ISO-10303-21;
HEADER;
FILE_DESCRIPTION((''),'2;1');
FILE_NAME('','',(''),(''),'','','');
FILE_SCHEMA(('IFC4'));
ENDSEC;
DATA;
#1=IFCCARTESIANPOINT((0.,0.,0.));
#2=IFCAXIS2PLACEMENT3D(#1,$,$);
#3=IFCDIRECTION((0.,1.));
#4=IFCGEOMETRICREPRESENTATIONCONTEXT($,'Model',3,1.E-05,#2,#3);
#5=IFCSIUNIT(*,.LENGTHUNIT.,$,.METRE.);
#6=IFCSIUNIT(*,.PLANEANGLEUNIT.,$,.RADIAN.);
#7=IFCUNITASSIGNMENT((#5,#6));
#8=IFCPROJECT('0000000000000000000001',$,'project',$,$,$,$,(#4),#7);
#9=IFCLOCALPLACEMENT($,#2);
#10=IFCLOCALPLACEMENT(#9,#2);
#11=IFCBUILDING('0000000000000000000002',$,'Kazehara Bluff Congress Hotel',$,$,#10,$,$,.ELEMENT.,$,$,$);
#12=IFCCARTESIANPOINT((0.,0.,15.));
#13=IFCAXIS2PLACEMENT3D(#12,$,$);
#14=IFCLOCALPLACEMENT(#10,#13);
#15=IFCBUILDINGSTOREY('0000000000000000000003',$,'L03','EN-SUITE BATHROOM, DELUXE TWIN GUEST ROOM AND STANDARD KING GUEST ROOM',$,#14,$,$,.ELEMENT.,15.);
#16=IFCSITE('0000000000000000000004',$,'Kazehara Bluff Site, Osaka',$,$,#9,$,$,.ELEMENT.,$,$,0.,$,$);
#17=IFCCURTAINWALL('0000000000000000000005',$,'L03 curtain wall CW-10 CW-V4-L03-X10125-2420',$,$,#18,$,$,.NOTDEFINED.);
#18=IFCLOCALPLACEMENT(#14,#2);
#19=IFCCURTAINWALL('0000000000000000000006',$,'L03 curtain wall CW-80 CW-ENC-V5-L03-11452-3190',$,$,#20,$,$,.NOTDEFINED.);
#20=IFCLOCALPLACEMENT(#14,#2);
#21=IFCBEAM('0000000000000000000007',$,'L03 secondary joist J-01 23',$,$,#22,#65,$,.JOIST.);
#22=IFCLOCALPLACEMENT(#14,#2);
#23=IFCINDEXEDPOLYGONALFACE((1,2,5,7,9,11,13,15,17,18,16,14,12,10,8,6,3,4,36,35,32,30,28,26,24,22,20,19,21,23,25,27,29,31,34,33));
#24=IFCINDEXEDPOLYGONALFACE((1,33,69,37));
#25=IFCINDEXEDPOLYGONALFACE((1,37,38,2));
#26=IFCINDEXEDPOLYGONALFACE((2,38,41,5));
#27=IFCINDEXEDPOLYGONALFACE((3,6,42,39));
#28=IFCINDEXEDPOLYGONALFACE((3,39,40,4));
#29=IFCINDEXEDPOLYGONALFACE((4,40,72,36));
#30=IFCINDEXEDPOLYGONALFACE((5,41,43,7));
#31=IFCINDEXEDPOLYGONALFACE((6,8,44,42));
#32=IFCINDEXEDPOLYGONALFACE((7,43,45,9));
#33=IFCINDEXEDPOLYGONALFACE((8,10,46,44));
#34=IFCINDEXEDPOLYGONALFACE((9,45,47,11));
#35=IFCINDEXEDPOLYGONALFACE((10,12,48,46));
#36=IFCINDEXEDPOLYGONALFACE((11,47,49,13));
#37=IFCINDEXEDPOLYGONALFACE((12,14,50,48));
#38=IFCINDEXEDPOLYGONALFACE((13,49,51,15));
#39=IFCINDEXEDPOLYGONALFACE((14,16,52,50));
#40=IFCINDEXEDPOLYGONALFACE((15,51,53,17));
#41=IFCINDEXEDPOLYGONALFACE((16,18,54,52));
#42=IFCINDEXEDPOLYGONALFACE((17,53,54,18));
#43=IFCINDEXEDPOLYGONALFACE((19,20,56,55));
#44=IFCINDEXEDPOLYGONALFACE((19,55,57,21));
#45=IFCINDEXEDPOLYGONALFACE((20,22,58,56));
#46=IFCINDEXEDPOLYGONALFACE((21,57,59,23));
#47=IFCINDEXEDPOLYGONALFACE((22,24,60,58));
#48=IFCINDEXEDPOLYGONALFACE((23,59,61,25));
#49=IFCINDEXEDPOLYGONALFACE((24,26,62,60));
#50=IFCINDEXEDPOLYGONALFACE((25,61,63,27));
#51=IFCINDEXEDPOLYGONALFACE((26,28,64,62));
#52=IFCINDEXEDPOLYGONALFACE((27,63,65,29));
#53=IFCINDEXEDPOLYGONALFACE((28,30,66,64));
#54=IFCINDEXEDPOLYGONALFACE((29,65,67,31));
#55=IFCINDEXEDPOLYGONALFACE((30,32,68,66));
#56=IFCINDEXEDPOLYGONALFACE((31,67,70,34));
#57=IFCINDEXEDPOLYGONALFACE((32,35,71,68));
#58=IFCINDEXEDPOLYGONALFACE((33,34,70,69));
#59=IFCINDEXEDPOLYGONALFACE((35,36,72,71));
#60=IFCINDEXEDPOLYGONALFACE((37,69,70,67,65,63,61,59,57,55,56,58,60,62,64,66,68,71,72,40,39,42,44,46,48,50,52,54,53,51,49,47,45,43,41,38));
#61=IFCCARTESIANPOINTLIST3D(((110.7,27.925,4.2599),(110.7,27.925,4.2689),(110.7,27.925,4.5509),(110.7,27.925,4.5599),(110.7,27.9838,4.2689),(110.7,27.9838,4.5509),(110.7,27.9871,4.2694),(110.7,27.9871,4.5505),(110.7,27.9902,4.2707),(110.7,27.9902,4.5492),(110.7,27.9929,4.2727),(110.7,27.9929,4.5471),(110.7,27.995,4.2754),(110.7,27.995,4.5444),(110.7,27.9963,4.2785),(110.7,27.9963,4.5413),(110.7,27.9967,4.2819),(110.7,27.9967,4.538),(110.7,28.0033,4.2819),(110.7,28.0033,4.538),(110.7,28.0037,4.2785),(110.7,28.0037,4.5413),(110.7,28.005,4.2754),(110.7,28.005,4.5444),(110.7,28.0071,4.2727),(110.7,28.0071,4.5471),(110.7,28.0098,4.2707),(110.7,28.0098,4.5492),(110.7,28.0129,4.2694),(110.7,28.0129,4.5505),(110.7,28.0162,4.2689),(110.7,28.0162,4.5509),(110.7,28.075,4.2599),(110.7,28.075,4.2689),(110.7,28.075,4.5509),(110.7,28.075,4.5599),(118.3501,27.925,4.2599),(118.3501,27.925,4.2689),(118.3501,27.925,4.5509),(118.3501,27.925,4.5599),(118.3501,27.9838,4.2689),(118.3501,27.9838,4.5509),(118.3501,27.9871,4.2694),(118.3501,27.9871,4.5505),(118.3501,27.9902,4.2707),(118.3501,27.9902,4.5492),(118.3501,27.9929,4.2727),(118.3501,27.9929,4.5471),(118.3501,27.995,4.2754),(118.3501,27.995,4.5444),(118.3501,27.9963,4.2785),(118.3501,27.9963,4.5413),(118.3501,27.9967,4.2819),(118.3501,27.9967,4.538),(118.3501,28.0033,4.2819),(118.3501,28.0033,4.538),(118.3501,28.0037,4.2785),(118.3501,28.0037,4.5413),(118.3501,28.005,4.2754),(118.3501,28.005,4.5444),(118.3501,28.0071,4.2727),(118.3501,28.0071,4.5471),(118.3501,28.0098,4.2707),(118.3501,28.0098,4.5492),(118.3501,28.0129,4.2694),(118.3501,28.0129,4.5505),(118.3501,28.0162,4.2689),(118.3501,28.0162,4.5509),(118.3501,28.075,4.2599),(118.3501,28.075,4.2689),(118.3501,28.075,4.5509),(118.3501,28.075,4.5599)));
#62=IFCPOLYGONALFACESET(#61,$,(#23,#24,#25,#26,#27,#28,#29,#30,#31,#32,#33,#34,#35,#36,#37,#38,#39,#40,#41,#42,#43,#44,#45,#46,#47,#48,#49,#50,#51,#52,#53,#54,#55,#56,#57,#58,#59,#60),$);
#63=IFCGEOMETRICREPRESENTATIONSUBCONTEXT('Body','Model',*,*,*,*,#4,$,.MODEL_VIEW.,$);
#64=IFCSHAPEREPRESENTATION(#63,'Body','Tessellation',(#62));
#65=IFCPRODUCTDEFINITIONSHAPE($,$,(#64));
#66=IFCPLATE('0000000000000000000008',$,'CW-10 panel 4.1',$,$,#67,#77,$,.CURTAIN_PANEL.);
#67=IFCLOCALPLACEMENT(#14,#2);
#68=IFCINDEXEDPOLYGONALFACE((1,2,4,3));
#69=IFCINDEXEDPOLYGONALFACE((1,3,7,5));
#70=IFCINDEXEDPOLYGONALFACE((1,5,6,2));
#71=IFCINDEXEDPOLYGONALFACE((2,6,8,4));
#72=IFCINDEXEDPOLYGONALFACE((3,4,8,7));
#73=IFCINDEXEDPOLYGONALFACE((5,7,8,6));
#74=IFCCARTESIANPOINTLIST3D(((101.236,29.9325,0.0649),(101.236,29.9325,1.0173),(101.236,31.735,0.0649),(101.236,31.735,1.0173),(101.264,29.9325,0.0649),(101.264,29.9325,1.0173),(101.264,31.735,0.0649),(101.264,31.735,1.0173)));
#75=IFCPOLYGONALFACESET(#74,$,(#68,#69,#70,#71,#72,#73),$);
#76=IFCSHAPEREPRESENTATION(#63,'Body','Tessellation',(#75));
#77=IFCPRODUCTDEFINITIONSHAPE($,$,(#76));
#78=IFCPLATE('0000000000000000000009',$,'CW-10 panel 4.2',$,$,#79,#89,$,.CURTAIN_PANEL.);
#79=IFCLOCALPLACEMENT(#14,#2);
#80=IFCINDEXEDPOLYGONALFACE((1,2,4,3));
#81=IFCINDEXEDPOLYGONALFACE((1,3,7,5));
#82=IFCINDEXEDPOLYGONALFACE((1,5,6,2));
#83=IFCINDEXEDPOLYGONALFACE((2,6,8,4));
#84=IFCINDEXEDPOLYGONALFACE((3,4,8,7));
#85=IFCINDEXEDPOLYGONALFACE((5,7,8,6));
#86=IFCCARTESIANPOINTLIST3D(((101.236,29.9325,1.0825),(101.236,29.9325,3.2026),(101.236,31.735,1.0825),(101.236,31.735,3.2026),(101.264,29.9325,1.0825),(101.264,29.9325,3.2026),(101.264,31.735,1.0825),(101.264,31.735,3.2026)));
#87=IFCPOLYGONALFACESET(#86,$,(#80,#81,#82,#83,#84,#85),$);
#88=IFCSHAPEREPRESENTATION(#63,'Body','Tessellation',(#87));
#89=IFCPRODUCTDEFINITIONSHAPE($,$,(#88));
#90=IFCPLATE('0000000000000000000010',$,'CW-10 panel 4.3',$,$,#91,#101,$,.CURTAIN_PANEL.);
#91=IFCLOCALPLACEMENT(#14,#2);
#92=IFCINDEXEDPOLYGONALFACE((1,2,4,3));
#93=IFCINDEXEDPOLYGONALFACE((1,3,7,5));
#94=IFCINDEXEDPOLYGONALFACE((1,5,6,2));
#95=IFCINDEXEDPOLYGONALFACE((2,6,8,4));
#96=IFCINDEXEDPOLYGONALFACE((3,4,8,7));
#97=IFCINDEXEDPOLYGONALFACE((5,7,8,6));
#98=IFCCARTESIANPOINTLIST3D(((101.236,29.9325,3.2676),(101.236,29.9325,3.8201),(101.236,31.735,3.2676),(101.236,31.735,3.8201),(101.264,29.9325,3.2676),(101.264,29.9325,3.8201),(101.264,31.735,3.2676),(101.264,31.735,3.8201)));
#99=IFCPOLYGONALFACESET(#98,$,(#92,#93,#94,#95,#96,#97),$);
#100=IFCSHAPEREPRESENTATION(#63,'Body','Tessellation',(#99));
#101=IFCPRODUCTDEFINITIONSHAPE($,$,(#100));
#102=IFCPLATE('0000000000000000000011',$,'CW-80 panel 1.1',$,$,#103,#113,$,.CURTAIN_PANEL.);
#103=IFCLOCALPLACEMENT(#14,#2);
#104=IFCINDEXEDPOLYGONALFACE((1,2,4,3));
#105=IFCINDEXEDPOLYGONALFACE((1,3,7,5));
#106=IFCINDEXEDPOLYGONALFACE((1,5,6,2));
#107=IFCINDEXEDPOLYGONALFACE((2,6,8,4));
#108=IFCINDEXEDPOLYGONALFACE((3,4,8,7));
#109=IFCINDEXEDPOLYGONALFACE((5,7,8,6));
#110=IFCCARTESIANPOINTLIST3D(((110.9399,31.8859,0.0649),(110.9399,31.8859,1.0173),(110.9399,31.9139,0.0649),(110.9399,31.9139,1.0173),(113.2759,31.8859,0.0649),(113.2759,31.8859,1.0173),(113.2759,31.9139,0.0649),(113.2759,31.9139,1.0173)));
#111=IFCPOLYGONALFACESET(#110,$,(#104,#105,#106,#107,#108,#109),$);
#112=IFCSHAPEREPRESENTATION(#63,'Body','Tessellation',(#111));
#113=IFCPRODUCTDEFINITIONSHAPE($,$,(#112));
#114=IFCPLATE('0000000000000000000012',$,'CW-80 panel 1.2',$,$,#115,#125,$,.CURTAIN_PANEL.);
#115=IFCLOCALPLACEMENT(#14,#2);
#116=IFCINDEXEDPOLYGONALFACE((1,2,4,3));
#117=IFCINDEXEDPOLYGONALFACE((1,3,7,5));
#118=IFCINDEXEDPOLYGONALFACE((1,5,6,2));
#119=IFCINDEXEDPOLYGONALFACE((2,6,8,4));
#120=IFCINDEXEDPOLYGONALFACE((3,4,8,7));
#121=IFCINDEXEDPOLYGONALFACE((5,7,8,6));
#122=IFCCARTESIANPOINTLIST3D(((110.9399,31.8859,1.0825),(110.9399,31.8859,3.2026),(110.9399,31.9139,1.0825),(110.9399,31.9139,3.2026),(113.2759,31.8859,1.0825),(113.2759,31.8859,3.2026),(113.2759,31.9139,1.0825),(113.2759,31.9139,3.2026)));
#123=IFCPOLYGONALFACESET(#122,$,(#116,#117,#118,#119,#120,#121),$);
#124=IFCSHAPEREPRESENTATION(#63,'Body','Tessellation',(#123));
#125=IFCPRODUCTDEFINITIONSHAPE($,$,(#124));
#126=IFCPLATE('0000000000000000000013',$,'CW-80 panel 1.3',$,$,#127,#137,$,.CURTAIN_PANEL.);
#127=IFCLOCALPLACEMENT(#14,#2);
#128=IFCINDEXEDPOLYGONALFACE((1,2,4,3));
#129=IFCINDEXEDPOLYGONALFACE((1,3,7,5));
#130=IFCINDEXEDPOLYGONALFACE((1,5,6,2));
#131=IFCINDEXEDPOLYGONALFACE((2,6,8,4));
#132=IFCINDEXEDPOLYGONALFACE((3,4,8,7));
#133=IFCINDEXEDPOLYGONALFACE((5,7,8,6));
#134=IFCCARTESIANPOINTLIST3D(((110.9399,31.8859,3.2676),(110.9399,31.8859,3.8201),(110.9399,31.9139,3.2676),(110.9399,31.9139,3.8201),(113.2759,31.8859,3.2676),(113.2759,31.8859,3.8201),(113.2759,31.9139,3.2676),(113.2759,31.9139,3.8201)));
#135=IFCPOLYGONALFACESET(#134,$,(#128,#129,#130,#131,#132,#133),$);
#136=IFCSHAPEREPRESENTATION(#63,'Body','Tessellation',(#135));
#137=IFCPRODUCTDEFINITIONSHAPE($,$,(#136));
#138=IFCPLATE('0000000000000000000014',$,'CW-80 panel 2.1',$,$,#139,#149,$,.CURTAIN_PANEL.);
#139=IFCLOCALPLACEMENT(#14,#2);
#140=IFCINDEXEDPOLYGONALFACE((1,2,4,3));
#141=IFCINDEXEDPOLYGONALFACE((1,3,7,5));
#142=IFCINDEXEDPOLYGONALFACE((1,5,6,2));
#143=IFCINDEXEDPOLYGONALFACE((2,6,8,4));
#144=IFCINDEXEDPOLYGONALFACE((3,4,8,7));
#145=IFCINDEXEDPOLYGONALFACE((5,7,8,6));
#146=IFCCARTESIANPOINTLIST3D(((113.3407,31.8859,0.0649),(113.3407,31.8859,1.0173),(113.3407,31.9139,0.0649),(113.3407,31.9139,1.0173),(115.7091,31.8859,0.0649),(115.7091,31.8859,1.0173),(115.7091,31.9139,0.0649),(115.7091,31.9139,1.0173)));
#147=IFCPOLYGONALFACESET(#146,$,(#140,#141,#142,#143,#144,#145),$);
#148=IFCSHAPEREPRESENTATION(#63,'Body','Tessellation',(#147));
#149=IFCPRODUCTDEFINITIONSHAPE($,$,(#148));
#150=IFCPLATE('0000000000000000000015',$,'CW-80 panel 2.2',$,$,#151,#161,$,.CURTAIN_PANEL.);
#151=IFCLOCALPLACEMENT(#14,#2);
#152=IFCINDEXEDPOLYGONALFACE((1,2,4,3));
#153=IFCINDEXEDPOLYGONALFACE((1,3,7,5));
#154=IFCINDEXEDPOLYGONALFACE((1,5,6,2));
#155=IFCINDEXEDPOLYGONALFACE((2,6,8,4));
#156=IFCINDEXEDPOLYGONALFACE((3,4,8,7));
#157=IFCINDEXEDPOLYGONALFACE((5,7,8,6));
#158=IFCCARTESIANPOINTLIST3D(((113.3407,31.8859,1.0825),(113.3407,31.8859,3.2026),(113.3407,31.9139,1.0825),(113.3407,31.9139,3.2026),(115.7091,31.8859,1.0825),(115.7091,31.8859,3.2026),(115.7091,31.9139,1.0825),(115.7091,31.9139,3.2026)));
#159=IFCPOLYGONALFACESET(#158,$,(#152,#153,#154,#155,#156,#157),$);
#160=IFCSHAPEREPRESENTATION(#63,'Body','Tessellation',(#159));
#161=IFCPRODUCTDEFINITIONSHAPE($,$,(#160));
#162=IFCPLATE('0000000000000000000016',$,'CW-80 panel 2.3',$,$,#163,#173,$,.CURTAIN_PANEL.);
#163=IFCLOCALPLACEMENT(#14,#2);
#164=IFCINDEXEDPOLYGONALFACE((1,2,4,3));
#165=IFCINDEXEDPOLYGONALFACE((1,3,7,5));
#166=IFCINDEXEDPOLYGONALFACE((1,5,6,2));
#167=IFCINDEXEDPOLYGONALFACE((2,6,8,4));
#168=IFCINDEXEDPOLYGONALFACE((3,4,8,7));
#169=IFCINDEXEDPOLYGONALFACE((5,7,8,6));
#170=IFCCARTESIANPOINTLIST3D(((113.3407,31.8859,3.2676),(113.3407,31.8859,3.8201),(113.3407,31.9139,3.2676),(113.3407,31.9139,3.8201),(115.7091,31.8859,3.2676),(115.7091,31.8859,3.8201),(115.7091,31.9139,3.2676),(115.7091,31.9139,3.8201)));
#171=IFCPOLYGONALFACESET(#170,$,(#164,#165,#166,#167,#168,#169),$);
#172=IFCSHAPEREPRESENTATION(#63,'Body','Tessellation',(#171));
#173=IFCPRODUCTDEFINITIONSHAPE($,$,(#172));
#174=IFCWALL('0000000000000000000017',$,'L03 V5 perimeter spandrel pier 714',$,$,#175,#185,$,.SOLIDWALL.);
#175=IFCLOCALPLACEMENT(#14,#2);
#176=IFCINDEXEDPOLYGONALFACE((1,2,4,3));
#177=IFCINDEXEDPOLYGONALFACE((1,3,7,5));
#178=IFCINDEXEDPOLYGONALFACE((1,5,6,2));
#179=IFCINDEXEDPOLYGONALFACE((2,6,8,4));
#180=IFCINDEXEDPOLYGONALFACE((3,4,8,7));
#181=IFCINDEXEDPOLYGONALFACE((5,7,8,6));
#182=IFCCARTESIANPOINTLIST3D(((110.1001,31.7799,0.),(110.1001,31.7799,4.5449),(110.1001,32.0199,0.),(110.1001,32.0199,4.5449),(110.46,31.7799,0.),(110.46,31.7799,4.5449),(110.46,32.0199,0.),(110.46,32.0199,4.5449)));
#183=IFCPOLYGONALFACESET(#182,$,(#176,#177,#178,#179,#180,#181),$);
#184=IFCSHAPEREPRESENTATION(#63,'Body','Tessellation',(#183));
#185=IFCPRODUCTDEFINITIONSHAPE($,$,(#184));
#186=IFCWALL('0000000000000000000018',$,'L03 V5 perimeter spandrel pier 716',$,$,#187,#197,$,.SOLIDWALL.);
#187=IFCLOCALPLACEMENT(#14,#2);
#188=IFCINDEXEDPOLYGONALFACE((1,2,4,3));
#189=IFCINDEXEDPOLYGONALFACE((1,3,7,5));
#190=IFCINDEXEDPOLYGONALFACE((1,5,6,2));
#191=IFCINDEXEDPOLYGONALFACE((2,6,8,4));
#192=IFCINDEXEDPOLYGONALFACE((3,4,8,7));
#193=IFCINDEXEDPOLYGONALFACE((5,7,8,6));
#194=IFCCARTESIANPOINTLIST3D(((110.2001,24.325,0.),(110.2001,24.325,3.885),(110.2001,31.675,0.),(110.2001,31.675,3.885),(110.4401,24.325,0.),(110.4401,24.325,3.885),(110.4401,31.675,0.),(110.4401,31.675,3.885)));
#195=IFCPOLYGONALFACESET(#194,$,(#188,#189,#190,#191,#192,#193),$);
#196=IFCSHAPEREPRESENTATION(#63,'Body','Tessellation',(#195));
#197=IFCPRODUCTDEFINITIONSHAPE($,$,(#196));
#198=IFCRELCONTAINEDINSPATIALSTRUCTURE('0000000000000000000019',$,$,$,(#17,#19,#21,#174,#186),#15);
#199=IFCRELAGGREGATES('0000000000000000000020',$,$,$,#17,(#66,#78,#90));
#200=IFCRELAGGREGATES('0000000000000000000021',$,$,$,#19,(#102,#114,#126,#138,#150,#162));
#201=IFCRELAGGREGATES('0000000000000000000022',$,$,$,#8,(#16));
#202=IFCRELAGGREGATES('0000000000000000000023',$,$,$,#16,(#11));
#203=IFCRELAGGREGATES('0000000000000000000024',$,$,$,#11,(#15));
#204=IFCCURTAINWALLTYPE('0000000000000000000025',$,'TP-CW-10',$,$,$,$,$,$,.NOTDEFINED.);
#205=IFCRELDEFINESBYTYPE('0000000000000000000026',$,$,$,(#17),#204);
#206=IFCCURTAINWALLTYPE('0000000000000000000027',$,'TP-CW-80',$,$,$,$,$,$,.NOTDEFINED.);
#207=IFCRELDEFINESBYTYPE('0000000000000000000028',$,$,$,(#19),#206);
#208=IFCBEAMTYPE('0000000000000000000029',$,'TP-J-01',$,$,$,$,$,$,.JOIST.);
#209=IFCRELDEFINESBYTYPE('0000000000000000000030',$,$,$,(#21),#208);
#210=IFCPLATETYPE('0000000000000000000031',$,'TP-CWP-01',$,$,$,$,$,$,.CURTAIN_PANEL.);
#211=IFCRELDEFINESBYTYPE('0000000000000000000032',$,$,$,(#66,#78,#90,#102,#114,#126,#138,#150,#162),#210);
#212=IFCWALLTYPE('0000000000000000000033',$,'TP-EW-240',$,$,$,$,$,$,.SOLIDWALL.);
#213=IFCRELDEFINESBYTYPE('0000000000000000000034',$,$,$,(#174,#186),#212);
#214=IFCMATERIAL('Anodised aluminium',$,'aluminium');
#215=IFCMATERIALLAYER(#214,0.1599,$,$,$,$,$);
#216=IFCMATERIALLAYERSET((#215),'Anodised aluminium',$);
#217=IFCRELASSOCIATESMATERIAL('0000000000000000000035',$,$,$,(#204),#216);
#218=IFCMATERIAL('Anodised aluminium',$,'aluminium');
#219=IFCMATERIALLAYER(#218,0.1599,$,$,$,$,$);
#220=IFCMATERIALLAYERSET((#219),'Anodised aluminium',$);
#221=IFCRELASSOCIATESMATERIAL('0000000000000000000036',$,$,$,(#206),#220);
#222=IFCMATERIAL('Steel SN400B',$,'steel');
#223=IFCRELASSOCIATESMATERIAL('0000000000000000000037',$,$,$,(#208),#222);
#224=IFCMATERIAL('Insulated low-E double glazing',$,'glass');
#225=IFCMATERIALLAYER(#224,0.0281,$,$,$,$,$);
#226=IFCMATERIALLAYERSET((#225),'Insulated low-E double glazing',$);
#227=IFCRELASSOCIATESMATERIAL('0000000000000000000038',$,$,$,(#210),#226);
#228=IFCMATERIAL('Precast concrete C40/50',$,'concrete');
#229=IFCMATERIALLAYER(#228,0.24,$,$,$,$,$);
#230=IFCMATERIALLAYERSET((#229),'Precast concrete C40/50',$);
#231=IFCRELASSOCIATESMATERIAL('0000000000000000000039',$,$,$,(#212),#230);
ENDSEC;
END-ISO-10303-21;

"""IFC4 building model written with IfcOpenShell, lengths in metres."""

from ifc_helpers import new_model, si_unit, direction, frame, frame_2d, origin, origin_2d, place, context, subcontext, project, spatial, rectangle, i_section, extrude, material, layer, layer_set, material_profile, profile_set, type_object, element, aggregate, save


model = new_model("IFC4")

# Units and contexts
model_context = context("Model", 3, precision=1e-05, world=origin(), true_north=direction((0.0, 1.0)))
body_context = subcontext(model_context, "Body", "Model", "MODEL_VIEW")
ifc_project = project(units=[si_unit("LENGTHUNIT", "METRE"), si_unit("PLANEANGLEUNIT", "RADIAN")], contexts=[model_context])

# Site, building, storey
site_placement = place(None, origin())
site = spatial("IfcSite", under=ifc_project, at=site_placement, Name="Kazehara Bluff Site, Osaka", CompositionType="ELEMENT", RefElevation=0.0)
building_placement = place(site_placement, origin())
building = spatial("IfcBuilding", under=site, at=building_placement, Name="Kazehara Bluff Congress Hotel", CompositionType="ELEMENT")
storey_placement = place(building_placement, frame((0.0, 0.0, 15.0)))
storey = spatial("IfcBuildingStorey", under=building, at=storey_placement, Name="L03", Description="EN-SUITE BATHROOM, DELUXE TWIN GUEST ROOM AND STANDARD KING GUEST ROOM", CompositionType="ELEMENT", Elevation=15.0)

# Curtain wall
ifc_material_1 = material(Name="Anodised aluminium", Category="aluminium")
ifc_layer_1 = layer(ifc_material_1, 0.1599)
ifc_layer_set_1 = layer_set([ifc_layer_1], Name="Anodised aluminium")
curtain_wall_type_1 = type_object("IfcCurtainWallType", Name="TP-CW-10", PredefinedType="NOTDEFINED", material=ifc_layer_set_1)
curtain_wall_1_placement = place(storey_placement, origin())
curtain_wall_1 = element("IfcCurtainWall", 1, at=curtain_wall_1_placement, inside=storey, type_object=curtain_wall_type_1, Name="L03 curtain wall CW-10 CW-V4-L03-X10125-2420", PredefinedType="NOTDEFINED")

# Curtain wall
ifc_material_2 = material(Name="Anodised aluminium", Category="aluminium")
ifc_layer_2 = layer(ifc_material_2, 0.1599)
ifc_layer_set_2 = layer_set([ifc_layer_2], Name="Anodised aluminium")
curtain_wall_type_2 = type_object("IfcCurtainWallType", Name="TP-CW-80", PredefinedType="NOTDEFINED", material=ifc_layer_set_2)
curtain_wall_2_placement = place(storey_placement, origin())
curtain_wall_2 = element("IfcCurtainWall", 2, at=curtain_wall_2_placement, inside=storey, type_object=curtain_wall_type_2, Name="L03 curtain wall CW-80 CW-ENC-V5-L03-11452-3190", PredefinedType="NOTDEFINED")

# Beam
ifc_material_3 = material(Name="Steel SN400B", Category="steel")
ifc_material_profile_1 = material_profile(ifc_material_3, i_section(OverallWidth=0.1499, OverallDepth=0.3, WebThickness=0.0066, FlangeThickness=0.009, FilletRadius=0.0129, at=origin_2d()))
ifc_profile_set_1 = profile_set([ifc_material_profile_1], Name="Steel SN400B")
beam_type_1 = type_object("IfcBeamType", Name="TP-J-01", PredefinedType="JOIST", material=ifc_profile_set_1)
beam_1_placement = place(storey_placement, frame((110.7, 28.0, 4.4099), z_axis=(1.0, 0.0, 0.0), x_axis=(0.0, 1.0, 0.0)))
element("IfcBeam", 3, at=beam_1_placement, inside=storey, type_object=beam_type_1, Name="L03 secondary joist J-01 23", PredefinedType="JOIST", context=body_context, shape_type="SweptSolid", body=[
    extrude(i_section(OverallWidth=0.1499, OverallDepth=0.3, WebThickness=0.0066, FlangeThickness=0.009, FilletRadius=0.0129, at=origin_2d()), origin(), (0.0, 0.0, 1.0), 7.6501),
])

# Plates
ifc_material_4 = material(Name="Insulated low-E double glazing", Category="glass")
ifc_layer_3 = layer(ifc_material_4, 0.0281)
ifc_layer_set_3 = layer_set([ifc_layer_3], Name="Insulated low-E double glazing")
plate_type = type_object("IfcPlateType", Name="TP-CWP-01", PredefinedType="CURTAIN_PANEL", material=ifc_layer_set_3)
plate_1_placement = place(storey_placement, frame((101.25, 30.8337, 0.0649), z_axis=(0.0, 0.0, 1.0), x_axis=(0.0, 1.0, 0.0)))
plate_1 = element("IfcPlate", 4, at=plate_1_placement, type_object=plate_type, Name="CW-10 panel 4.1", PredefinedType="CURTAIN_PANEL", context=body_context, shape_type="SweptSolid", body=[
    extrude(rectangle(XDim=1.8025, YDim=0.0281, at=origin_2d()), origin(), (0.0, 0.0, 1.0), 0.9524),
])
plate_2_placement = place(storey_placement, frame((101.25, 30.8337, 1.0825), z_axis=(0.0, 0.0, 1.0), x_axis=(0.0, 1.0, 0.0)))
plate_2 = element("IfcPlate", 5, at=plate_2_placement, type_object=plate_type, Name="CW-10 panel 4.2", PredefinedType="CURTAIN_PANEL", context=body_context, shape_type="SweptSolid", body=[
    extrude(rectangle(XDim=1.8025, YDim=0.0281, at=origin_2d()), origin(), (0.0, 0.0, 1.0), 2.1201),
])
plate_3_placement = place(storey_placement, frame((101.25, 30.8337, 3.2676), z_axis=(0.0, 0.0, 1.0), x_axis=(0.0, 1.0, 0.0)))
plate_3 = element("IfcPlate", 6, at=plate_3_placement, type_object=plate_type, Name="CW-10 panel 4.3", PredefinedType="CURTAIN_PANEL", context=body_context, shape_type="SweptSolid", body=[
    extrude(rectangle(XDim=1.8025, YDim=0.0281, at=origin_2d()), origin(), (0.0, 0.0, 1.0), 0.5525),
])
aggregate(curtain_wall_1, [plate_1, plate_2, plate_3])
plate_4_placement = place(storey_placement, frame((112.1079, 31.8999, 0.0649), z_axis=(0.0, 0.0, 1.0), x_axis=(1.0, 0.0, 0.0)))
plate_4 = element("IfcPlate", 7, at=plate_4_placement, type_object=plate_type, Name="CW-80 panel 1.1", PredefinedType="CURTAIN_PANEL", context=body_context, shape_type="SweptSolid", body=[
    extrude(rectangle(XDim=2.3359, YDim=0.0281, at=origin_2d()), origin(), (0.0, 0.0, 1.0), 0.9524),
])
plate_5_placement = place(storey_placement, frame((112.1079, 31.8999, 1.0825), z_axis=(0.0, 0.0, 1.0), x_axis=(1.0, 0.0, 0.0)))
plate_5 = element("IfcPlate", 8, at=plate_5_placement, type_object=plate_type, Name="CW-80 panel 1.2", PredefinedType="CURTAIN_PANEL", context=body_context, shape_type="SweptSolid", body=[
    extrude(rectangle(XDim=2.3359, YDim=0.0281, at=origin_2d()), origin(), (0.0, 0.0, 1.0), 2.1201),
])
plate_6_placement = place(storey_placement, frame((112.1079, 31.8999, 3.2676), z_axis=(0.0, 0.0, 1.0), x_axis=(1.0, 0.0, 0.0)))
plate_6 = element("IfcPlate", 9, at=plate_6_placement, type_object=plate_type, Name="CW-80 panel 1.3", PredefinedType="CURTAIN_PANEL", context=body_context, shape_type="SweptSolid", body=[
    extrude(rectangle(XDim=2.3359, YDim=0.0281, at=origin_2d()), origin(), (0.0, 0.0, 1.0), 0.5525),
])
plate_7_placement = place(storey_placement, frame((114.5249, 31.8999, 0.0649), z_axis=(0.0, 0.0, 1.0), x_axis=(1.0, 0.0, 0.0)))
plate_7 = element("IfcPlate", 10, at=plate_7_placement, type_object=plate_type, Name="CW-80 panel 2.1", PredefinedType="CURTAIN_PANEL", context=body_context, shape_type="SweptSolid", body=[
    extrude(rectangle(XDim=2.3684, YDim=0.0281, at=origin_2d()), origin(), (0.0, 0.0, 1.0), 0.9524),
])
plate_8_placement = place(storey_placement, frame((114.5249, 31.8999, 1.0825), z_axis=(0.0, 0.0, 1.0), x_axis=(1.0, 0.0, 0.0)))
plate_8 = element("IfcPlate", 11, at=plate_8_placement, type_object=plate_type, Name="CW-80 panel 2.2", PredefinedType="CURTAIN_PANEL", context=body_context, shape_type="SweptSolid", body=[
    extrude(rectangle(XDim=2.3684, YDim=0.0281, at=origin_2d()), origin(), (0.0, 0.0, 1.0), 2.1201),
])
plate_9_placement = place(storey_placement, frame((114.5249, 31.8999, 3.2676), z_axis=(0.0, 0.0, 1.0), x_axis=(1.0, 0.0, 0.0)))
plate_9 = element("IfcPlate", 12, at=plate_9_placement, type_object=plate_type, Name="CW-80 panel 2.3", PredefinedType="CURTAIN_PANEL", context=body_context, shape_type="SweptSolid", body=[
    extrude(rectangle(XDim=2.3684, YDim=0.0281, at=origin_2d()), origin(), (0.0, 0.0, 1.0), 0.5525),
])
aggregate(curtain_wall_2, [plate_4, plate_5, plate_6, plate_7, plate_8, plate_9])

# Walls
ifc_material_5 = material(Name="Precast concrete C40/50", Category="concrete")
ifc_layer_4 = layer(ifc_material_5, 0.24)
ifc_layer_set_4 = layer_set([ifc_layer_4], Name="Precast concrete C40/50")
wall_type = type_object("IfcWallType", Name="TP-EW-240", PredefinedType="SOLIDWALL", material=ifc_layer_set_4)
wall_1_placement = place(storey_placement, frame((110.1001, 31.8999, 0.0), z_axis=(0.0, 0.0, 1.0), x_axis=(1.0, 0.0, 0.0)))
element("IfcWall", 13, at=wall_1_placement, inside=storey, type_object=wall_type, Name="L03 V5 perimeter spandrel pier 714", PredefinedType="SOLIDWALL", context=body_context, shape_type="SweptSolid", body=[
    extrude(rectangle(XDim=0.3599, YDim=0.24, at=frame_2d((0.1799, 0.0))), origin(), (0.0, 0.0, 1.0), 4.5449),
])
wall_2_placement = place(storey_placement, frame((110.3201, 24.325, 0.0), z_axis=(0.0, 0.0, 1.0), x_axis=(0.0, 1.0, 0.0)))
element("IfcWall", 14, at=wall_2_placement, inside=storey, type_object=wall_type, Name="L03 V5 perimeter spandrel pier 716", PredefinedType="SOLIDWALL", context=body_context, shape_type="SweptSolid", body=[
    extrude(rectangle(XDim=7.3501, YDim=0.24, at=frame_2d((3.675, 0.0))), origin(), (0.0, 0.0, 1.0), 3.885),
])

save(model, "model.ifc")
